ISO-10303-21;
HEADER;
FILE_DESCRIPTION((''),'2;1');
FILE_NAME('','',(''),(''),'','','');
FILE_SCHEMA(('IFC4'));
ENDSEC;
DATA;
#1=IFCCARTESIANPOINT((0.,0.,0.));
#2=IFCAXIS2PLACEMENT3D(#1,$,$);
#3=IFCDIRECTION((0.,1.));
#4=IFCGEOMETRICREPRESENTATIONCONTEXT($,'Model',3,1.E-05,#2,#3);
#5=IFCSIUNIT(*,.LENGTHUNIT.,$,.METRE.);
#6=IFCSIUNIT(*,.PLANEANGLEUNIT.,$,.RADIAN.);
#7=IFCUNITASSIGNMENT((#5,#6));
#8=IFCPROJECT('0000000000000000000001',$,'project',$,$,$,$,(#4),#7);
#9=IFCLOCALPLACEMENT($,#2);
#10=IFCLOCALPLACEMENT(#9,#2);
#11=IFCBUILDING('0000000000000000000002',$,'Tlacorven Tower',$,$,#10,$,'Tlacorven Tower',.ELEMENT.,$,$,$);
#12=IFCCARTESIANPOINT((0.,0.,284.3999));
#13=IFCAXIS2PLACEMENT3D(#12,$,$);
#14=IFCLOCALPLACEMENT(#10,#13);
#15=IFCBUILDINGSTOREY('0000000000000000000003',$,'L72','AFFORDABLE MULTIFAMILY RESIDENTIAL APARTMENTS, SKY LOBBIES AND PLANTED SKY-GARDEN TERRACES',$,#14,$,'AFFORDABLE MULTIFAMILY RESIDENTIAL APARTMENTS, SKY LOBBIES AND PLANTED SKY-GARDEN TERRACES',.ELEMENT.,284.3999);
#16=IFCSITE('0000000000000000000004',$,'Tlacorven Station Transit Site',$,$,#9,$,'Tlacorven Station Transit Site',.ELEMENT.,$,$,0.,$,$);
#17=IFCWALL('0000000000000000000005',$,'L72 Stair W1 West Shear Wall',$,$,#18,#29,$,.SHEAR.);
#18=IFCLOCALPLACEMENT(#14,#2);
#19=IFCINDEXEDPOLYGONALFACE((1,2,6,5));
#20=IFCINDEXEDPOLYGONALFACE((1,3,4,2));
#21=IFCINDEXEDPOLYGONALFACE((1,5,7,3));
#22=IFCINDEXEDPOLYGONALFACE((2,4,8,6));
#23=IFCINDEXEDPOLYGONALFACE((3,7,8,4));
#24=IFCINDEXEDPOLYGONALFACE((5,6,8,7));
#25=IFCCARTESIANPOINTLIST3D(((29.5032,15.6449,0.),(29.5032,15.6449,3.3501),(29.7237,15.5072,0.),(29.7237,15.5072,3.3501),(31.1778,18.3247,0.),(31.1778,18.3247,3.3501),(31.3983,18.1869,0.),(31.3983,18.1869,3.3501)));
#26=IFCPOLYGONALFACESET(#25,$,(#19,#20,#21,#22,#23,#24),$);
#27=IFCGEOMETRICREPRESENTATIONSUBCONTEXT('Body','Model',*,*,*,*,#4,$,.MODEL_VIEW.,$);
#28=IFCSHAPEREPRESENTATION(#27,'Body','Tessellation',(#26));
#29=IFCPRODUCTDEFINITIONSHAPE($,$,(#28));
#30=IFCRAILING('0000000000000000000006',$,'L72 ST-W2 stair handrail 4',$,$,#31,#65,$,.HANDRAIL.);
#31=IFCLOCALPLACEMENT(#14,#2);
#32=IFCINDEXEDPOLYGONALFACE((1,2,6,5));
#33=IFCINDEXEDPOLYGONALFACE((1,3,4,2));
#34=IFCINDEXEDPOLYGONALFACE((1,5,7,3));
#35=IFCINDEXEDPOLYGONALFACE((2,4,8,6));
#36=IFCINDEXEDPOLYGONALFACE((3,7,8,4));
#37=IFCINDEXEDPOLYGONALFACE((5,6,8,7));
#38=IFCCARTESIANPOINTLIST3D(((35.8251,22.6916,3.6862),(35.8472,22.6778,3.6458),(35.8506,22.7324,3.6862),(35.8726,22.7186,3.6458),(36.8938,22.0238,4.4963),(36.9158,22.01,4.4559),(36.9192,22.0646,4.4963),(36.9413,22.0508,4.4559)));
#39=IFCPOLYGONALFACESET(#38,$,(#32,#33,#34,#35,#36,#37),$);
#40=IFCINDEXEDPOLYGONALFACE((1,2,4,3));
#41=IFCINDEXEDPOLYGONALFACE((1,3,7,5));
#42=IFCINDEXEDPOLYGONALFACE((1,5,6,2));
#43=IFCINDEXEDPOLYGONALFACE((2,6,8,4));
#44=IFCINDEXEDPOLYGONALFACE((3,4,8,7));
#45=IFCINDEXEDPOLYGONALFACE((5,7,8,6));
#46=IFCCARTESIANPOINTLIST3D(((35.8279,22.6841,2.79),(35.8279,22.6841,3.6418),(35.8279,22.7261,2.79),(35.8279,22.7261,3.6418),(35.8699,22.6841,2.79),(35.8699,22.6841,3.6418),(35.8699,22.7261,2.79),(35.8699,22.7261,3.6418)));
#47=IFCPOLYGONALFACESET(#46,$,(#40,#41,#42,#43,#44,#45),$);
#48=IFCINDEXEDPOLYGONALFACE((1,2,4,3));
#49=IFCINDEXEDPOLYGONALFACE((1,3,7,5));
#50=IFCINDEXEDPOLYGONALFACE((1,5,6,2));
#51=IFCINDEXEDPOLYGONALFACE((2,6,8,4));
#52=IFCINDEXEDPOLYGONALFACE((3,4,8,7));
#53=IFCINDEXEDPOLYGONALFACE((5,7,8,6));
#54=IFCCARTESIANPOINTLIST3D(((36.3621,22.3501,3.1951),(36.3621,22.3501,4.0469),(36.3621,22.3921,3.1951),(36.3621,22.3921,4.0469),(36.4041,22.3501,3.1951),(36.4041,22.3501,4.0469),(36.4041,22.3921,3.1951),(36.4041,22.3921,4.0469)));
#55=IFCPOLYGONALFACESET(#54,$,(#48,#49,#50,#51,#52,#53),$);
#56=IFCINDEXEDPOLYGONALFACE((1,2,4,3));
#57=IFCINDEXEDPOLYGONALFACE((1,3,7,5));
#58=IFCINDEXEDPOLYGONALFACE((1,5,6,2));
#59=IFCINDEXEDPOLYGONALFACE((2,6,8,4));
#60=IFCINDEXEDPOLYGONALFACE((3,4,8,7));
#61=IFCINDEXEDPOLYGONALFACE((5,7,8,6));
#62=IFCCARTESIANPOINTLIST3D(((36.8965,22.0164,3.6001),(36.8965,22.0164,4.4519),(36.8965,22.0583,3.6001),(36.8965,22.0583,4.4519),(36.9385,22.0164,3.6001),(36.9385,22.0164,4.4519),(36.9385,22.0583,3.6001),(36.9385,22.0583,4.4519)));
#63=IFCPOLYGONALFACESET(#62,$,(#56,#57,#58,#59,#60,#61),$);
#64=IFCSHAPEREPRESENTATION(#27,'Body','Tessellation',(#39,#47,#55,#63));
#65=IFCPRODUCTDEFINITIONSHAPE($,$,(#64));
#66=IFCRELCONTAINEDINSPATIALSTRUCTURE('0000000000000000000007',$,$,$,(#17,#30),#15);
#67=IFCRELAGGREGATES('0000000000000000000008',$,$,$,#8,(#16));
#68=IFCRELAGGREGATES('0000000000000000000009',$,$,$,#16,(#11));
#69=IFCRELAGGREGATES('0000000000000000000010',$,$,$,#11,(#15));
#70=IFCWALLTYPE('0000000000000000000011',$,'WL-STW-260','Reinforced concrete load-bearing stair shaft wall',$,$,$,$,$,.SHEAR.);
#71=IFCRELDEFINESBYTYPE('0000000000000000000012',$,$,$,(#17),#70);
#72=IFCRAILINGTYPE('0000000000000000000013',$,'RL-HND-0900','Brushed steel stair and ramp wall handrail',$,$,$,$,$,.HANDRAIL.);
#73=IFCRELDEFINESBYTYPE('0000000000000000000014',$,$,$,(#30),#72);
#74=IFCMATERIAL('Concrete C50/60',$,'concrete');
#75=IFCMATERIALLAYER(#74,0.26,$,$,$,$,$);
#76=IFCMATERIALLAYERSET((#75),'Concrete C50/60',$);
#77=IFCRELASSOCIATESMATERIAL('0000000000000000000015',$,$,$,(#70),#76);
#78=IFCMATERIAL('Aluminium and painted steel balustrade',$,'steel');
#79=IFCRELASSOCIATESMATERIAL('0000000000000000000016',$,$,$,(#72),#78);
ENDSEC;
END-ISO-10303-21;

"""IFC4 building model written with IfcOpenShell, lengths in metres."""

from ifc_helpers import new_model, si_unit, direction, frame, frame_2d, origin, origin_2d, place, context, subcontext, project, spatial, rectangle, extrude, source, transform, mapped, material, layer, layer_set, type_object, element, save


model = new_model("IFC4")

# Units and contexts
model_context = context("Model", 3, precision=1e-05, world=origin(), true_north=direction((0.0, 1.0)))
body_context = subcontext(model_context, "Body", "Model", "MODEL_VIEW")
ifc_project = project(units=[si_unit("LENGTHUNIT", "METRE"), si_unit("PLANEANGLEUNIT", "RADIAN")], contexts=[model_context])

# Site, building, storey
site_placement = place(None, origin())
site = spatial("IfcSite", under=ifc_project, at=site_placement, Name="Tlacorven Station Transit Site", LongName="Tlacorven Station Transit Site", CompositionType="ELEMENT", RefElevation=0.0)
building_placement = place(site_placement, origin())
building = spatial("IfcBuilding", under=site, at=building_placement, Name="Tlacorven Tower", LongName="Tlacorven Tower", CompositionType="ELEMENT")
storey_placement = place(building_placement, frame((0.0, 0.0, 284.3999)))
storey = spatial("IfcBuildingStorey", under=building, at=storey_placement, Name="L72", Description="AFFORDABLE MULTIFAMILY RESIDENTIAL APARTMENTS, SKY LOBBIES AND PLANTED SKY-GARDEN TERRACES", LongName="AFFORDABLE MULTIFAMILY RESIDENTIAL APARTMENTS, SKY LOBBIES AND PLANTED SKY-GARDEN TERRACES", CompositionType="ELEMENT", Elevation=284.3999)

# Shared definitions
ifc_material_1 = material(Name="Concrete C50/60", Category="concrete")

# Shared definitions
ifc_layer_1 = layer(ifc_material_1, 0.26)
ifc_layer_set_1 = layer_set([ifc_layer_1], Name="Concrete C50/60")
wall_type_1 = type_object("IfcWallType", Name="WL-STW-260", Description="Reinforced concrete load-bearing stair shaft wall", PredefinedType="SHEAR", material=ifc_layer_set_1)

# Wall
wall_1_placement = place(storey_placement, frame((31.2881, 18.2559, 0.0), z_axis=(0.0, 0.0, 1.0), x_axis=(-0.529943, -0.848033, 0.0)))
element("IfcWall", 1, at=wall_1_placement, inside=storey, type_object=wall_type_1, Name="L72 Stair W1 West Shear Wall", PredefinedType="SHEAR", context=body_context, shape_type="SweptSolid", body=[
    extrude(rectangle(XDim=3.1599, YDim=0.26, at=frame_2d((1.5801, 0.0))), origin(), (0.0, 0.0, 1.0), 3.3501),
])

# Railing
ifc_material_2 = material(Name="Aluminium and painted steel balustrade", Category="steel")
railing_type = type_object("IfcRailingType", Name="RL-HND-0900", Description="Brushed steel stair and ramp wall handrail", PredefinedType="HANDRAIL", material=ifc_material_2)
shared_shape_1 = source(origin(), body_context, "Body", "SweptSolid", [
    extrude(rectangle(XDim=0.0481, YDim=0.0481, at=origin_2d()), frame((0.0, 0.0, 0.876), z_axis=(0.71336, -0.445748, 0.540765), x_axis=(0.529912, 0.848053, 0.0)), (0.0, 0.0, 1.0), 1.498),
    extrude(rectangle(XDim=0.042, YDim=0.042, at=origin_2d()), origin(), (0.0, 0.0, 1.0), 0.8518),
    extrude(rectangle(XDim=0.042, YDim=0.042, at=origin_2d()), frame((0.5342, -0.334, 0.405)), (0.0, 0.0, 1.0), 0.8518),
    extrude(rectangle(XDim=0.042, YDim=0.042, at=origin_2d()), frame((1.0686, -0.6677, 0.8101)), (0.0, 0.0, 1.0), 0.8518),
])
railing_placement = place(storey_placement, frame((35.8489, 22.7051, 2.79)))
element("IfcRailing", 2, at=railing_placement, inside=storey, type_object=railing_type, Name="L72 ST-W2 stair handrail 4", PredefinedType="HANDRAIL", context=body_context, shape_type="MappedRepresentation", body=[
    mapped(shared_shape_1, transform((0.0, 0.0, 0.0), scale=1.0)),
])

save(model, "model.ifc")
